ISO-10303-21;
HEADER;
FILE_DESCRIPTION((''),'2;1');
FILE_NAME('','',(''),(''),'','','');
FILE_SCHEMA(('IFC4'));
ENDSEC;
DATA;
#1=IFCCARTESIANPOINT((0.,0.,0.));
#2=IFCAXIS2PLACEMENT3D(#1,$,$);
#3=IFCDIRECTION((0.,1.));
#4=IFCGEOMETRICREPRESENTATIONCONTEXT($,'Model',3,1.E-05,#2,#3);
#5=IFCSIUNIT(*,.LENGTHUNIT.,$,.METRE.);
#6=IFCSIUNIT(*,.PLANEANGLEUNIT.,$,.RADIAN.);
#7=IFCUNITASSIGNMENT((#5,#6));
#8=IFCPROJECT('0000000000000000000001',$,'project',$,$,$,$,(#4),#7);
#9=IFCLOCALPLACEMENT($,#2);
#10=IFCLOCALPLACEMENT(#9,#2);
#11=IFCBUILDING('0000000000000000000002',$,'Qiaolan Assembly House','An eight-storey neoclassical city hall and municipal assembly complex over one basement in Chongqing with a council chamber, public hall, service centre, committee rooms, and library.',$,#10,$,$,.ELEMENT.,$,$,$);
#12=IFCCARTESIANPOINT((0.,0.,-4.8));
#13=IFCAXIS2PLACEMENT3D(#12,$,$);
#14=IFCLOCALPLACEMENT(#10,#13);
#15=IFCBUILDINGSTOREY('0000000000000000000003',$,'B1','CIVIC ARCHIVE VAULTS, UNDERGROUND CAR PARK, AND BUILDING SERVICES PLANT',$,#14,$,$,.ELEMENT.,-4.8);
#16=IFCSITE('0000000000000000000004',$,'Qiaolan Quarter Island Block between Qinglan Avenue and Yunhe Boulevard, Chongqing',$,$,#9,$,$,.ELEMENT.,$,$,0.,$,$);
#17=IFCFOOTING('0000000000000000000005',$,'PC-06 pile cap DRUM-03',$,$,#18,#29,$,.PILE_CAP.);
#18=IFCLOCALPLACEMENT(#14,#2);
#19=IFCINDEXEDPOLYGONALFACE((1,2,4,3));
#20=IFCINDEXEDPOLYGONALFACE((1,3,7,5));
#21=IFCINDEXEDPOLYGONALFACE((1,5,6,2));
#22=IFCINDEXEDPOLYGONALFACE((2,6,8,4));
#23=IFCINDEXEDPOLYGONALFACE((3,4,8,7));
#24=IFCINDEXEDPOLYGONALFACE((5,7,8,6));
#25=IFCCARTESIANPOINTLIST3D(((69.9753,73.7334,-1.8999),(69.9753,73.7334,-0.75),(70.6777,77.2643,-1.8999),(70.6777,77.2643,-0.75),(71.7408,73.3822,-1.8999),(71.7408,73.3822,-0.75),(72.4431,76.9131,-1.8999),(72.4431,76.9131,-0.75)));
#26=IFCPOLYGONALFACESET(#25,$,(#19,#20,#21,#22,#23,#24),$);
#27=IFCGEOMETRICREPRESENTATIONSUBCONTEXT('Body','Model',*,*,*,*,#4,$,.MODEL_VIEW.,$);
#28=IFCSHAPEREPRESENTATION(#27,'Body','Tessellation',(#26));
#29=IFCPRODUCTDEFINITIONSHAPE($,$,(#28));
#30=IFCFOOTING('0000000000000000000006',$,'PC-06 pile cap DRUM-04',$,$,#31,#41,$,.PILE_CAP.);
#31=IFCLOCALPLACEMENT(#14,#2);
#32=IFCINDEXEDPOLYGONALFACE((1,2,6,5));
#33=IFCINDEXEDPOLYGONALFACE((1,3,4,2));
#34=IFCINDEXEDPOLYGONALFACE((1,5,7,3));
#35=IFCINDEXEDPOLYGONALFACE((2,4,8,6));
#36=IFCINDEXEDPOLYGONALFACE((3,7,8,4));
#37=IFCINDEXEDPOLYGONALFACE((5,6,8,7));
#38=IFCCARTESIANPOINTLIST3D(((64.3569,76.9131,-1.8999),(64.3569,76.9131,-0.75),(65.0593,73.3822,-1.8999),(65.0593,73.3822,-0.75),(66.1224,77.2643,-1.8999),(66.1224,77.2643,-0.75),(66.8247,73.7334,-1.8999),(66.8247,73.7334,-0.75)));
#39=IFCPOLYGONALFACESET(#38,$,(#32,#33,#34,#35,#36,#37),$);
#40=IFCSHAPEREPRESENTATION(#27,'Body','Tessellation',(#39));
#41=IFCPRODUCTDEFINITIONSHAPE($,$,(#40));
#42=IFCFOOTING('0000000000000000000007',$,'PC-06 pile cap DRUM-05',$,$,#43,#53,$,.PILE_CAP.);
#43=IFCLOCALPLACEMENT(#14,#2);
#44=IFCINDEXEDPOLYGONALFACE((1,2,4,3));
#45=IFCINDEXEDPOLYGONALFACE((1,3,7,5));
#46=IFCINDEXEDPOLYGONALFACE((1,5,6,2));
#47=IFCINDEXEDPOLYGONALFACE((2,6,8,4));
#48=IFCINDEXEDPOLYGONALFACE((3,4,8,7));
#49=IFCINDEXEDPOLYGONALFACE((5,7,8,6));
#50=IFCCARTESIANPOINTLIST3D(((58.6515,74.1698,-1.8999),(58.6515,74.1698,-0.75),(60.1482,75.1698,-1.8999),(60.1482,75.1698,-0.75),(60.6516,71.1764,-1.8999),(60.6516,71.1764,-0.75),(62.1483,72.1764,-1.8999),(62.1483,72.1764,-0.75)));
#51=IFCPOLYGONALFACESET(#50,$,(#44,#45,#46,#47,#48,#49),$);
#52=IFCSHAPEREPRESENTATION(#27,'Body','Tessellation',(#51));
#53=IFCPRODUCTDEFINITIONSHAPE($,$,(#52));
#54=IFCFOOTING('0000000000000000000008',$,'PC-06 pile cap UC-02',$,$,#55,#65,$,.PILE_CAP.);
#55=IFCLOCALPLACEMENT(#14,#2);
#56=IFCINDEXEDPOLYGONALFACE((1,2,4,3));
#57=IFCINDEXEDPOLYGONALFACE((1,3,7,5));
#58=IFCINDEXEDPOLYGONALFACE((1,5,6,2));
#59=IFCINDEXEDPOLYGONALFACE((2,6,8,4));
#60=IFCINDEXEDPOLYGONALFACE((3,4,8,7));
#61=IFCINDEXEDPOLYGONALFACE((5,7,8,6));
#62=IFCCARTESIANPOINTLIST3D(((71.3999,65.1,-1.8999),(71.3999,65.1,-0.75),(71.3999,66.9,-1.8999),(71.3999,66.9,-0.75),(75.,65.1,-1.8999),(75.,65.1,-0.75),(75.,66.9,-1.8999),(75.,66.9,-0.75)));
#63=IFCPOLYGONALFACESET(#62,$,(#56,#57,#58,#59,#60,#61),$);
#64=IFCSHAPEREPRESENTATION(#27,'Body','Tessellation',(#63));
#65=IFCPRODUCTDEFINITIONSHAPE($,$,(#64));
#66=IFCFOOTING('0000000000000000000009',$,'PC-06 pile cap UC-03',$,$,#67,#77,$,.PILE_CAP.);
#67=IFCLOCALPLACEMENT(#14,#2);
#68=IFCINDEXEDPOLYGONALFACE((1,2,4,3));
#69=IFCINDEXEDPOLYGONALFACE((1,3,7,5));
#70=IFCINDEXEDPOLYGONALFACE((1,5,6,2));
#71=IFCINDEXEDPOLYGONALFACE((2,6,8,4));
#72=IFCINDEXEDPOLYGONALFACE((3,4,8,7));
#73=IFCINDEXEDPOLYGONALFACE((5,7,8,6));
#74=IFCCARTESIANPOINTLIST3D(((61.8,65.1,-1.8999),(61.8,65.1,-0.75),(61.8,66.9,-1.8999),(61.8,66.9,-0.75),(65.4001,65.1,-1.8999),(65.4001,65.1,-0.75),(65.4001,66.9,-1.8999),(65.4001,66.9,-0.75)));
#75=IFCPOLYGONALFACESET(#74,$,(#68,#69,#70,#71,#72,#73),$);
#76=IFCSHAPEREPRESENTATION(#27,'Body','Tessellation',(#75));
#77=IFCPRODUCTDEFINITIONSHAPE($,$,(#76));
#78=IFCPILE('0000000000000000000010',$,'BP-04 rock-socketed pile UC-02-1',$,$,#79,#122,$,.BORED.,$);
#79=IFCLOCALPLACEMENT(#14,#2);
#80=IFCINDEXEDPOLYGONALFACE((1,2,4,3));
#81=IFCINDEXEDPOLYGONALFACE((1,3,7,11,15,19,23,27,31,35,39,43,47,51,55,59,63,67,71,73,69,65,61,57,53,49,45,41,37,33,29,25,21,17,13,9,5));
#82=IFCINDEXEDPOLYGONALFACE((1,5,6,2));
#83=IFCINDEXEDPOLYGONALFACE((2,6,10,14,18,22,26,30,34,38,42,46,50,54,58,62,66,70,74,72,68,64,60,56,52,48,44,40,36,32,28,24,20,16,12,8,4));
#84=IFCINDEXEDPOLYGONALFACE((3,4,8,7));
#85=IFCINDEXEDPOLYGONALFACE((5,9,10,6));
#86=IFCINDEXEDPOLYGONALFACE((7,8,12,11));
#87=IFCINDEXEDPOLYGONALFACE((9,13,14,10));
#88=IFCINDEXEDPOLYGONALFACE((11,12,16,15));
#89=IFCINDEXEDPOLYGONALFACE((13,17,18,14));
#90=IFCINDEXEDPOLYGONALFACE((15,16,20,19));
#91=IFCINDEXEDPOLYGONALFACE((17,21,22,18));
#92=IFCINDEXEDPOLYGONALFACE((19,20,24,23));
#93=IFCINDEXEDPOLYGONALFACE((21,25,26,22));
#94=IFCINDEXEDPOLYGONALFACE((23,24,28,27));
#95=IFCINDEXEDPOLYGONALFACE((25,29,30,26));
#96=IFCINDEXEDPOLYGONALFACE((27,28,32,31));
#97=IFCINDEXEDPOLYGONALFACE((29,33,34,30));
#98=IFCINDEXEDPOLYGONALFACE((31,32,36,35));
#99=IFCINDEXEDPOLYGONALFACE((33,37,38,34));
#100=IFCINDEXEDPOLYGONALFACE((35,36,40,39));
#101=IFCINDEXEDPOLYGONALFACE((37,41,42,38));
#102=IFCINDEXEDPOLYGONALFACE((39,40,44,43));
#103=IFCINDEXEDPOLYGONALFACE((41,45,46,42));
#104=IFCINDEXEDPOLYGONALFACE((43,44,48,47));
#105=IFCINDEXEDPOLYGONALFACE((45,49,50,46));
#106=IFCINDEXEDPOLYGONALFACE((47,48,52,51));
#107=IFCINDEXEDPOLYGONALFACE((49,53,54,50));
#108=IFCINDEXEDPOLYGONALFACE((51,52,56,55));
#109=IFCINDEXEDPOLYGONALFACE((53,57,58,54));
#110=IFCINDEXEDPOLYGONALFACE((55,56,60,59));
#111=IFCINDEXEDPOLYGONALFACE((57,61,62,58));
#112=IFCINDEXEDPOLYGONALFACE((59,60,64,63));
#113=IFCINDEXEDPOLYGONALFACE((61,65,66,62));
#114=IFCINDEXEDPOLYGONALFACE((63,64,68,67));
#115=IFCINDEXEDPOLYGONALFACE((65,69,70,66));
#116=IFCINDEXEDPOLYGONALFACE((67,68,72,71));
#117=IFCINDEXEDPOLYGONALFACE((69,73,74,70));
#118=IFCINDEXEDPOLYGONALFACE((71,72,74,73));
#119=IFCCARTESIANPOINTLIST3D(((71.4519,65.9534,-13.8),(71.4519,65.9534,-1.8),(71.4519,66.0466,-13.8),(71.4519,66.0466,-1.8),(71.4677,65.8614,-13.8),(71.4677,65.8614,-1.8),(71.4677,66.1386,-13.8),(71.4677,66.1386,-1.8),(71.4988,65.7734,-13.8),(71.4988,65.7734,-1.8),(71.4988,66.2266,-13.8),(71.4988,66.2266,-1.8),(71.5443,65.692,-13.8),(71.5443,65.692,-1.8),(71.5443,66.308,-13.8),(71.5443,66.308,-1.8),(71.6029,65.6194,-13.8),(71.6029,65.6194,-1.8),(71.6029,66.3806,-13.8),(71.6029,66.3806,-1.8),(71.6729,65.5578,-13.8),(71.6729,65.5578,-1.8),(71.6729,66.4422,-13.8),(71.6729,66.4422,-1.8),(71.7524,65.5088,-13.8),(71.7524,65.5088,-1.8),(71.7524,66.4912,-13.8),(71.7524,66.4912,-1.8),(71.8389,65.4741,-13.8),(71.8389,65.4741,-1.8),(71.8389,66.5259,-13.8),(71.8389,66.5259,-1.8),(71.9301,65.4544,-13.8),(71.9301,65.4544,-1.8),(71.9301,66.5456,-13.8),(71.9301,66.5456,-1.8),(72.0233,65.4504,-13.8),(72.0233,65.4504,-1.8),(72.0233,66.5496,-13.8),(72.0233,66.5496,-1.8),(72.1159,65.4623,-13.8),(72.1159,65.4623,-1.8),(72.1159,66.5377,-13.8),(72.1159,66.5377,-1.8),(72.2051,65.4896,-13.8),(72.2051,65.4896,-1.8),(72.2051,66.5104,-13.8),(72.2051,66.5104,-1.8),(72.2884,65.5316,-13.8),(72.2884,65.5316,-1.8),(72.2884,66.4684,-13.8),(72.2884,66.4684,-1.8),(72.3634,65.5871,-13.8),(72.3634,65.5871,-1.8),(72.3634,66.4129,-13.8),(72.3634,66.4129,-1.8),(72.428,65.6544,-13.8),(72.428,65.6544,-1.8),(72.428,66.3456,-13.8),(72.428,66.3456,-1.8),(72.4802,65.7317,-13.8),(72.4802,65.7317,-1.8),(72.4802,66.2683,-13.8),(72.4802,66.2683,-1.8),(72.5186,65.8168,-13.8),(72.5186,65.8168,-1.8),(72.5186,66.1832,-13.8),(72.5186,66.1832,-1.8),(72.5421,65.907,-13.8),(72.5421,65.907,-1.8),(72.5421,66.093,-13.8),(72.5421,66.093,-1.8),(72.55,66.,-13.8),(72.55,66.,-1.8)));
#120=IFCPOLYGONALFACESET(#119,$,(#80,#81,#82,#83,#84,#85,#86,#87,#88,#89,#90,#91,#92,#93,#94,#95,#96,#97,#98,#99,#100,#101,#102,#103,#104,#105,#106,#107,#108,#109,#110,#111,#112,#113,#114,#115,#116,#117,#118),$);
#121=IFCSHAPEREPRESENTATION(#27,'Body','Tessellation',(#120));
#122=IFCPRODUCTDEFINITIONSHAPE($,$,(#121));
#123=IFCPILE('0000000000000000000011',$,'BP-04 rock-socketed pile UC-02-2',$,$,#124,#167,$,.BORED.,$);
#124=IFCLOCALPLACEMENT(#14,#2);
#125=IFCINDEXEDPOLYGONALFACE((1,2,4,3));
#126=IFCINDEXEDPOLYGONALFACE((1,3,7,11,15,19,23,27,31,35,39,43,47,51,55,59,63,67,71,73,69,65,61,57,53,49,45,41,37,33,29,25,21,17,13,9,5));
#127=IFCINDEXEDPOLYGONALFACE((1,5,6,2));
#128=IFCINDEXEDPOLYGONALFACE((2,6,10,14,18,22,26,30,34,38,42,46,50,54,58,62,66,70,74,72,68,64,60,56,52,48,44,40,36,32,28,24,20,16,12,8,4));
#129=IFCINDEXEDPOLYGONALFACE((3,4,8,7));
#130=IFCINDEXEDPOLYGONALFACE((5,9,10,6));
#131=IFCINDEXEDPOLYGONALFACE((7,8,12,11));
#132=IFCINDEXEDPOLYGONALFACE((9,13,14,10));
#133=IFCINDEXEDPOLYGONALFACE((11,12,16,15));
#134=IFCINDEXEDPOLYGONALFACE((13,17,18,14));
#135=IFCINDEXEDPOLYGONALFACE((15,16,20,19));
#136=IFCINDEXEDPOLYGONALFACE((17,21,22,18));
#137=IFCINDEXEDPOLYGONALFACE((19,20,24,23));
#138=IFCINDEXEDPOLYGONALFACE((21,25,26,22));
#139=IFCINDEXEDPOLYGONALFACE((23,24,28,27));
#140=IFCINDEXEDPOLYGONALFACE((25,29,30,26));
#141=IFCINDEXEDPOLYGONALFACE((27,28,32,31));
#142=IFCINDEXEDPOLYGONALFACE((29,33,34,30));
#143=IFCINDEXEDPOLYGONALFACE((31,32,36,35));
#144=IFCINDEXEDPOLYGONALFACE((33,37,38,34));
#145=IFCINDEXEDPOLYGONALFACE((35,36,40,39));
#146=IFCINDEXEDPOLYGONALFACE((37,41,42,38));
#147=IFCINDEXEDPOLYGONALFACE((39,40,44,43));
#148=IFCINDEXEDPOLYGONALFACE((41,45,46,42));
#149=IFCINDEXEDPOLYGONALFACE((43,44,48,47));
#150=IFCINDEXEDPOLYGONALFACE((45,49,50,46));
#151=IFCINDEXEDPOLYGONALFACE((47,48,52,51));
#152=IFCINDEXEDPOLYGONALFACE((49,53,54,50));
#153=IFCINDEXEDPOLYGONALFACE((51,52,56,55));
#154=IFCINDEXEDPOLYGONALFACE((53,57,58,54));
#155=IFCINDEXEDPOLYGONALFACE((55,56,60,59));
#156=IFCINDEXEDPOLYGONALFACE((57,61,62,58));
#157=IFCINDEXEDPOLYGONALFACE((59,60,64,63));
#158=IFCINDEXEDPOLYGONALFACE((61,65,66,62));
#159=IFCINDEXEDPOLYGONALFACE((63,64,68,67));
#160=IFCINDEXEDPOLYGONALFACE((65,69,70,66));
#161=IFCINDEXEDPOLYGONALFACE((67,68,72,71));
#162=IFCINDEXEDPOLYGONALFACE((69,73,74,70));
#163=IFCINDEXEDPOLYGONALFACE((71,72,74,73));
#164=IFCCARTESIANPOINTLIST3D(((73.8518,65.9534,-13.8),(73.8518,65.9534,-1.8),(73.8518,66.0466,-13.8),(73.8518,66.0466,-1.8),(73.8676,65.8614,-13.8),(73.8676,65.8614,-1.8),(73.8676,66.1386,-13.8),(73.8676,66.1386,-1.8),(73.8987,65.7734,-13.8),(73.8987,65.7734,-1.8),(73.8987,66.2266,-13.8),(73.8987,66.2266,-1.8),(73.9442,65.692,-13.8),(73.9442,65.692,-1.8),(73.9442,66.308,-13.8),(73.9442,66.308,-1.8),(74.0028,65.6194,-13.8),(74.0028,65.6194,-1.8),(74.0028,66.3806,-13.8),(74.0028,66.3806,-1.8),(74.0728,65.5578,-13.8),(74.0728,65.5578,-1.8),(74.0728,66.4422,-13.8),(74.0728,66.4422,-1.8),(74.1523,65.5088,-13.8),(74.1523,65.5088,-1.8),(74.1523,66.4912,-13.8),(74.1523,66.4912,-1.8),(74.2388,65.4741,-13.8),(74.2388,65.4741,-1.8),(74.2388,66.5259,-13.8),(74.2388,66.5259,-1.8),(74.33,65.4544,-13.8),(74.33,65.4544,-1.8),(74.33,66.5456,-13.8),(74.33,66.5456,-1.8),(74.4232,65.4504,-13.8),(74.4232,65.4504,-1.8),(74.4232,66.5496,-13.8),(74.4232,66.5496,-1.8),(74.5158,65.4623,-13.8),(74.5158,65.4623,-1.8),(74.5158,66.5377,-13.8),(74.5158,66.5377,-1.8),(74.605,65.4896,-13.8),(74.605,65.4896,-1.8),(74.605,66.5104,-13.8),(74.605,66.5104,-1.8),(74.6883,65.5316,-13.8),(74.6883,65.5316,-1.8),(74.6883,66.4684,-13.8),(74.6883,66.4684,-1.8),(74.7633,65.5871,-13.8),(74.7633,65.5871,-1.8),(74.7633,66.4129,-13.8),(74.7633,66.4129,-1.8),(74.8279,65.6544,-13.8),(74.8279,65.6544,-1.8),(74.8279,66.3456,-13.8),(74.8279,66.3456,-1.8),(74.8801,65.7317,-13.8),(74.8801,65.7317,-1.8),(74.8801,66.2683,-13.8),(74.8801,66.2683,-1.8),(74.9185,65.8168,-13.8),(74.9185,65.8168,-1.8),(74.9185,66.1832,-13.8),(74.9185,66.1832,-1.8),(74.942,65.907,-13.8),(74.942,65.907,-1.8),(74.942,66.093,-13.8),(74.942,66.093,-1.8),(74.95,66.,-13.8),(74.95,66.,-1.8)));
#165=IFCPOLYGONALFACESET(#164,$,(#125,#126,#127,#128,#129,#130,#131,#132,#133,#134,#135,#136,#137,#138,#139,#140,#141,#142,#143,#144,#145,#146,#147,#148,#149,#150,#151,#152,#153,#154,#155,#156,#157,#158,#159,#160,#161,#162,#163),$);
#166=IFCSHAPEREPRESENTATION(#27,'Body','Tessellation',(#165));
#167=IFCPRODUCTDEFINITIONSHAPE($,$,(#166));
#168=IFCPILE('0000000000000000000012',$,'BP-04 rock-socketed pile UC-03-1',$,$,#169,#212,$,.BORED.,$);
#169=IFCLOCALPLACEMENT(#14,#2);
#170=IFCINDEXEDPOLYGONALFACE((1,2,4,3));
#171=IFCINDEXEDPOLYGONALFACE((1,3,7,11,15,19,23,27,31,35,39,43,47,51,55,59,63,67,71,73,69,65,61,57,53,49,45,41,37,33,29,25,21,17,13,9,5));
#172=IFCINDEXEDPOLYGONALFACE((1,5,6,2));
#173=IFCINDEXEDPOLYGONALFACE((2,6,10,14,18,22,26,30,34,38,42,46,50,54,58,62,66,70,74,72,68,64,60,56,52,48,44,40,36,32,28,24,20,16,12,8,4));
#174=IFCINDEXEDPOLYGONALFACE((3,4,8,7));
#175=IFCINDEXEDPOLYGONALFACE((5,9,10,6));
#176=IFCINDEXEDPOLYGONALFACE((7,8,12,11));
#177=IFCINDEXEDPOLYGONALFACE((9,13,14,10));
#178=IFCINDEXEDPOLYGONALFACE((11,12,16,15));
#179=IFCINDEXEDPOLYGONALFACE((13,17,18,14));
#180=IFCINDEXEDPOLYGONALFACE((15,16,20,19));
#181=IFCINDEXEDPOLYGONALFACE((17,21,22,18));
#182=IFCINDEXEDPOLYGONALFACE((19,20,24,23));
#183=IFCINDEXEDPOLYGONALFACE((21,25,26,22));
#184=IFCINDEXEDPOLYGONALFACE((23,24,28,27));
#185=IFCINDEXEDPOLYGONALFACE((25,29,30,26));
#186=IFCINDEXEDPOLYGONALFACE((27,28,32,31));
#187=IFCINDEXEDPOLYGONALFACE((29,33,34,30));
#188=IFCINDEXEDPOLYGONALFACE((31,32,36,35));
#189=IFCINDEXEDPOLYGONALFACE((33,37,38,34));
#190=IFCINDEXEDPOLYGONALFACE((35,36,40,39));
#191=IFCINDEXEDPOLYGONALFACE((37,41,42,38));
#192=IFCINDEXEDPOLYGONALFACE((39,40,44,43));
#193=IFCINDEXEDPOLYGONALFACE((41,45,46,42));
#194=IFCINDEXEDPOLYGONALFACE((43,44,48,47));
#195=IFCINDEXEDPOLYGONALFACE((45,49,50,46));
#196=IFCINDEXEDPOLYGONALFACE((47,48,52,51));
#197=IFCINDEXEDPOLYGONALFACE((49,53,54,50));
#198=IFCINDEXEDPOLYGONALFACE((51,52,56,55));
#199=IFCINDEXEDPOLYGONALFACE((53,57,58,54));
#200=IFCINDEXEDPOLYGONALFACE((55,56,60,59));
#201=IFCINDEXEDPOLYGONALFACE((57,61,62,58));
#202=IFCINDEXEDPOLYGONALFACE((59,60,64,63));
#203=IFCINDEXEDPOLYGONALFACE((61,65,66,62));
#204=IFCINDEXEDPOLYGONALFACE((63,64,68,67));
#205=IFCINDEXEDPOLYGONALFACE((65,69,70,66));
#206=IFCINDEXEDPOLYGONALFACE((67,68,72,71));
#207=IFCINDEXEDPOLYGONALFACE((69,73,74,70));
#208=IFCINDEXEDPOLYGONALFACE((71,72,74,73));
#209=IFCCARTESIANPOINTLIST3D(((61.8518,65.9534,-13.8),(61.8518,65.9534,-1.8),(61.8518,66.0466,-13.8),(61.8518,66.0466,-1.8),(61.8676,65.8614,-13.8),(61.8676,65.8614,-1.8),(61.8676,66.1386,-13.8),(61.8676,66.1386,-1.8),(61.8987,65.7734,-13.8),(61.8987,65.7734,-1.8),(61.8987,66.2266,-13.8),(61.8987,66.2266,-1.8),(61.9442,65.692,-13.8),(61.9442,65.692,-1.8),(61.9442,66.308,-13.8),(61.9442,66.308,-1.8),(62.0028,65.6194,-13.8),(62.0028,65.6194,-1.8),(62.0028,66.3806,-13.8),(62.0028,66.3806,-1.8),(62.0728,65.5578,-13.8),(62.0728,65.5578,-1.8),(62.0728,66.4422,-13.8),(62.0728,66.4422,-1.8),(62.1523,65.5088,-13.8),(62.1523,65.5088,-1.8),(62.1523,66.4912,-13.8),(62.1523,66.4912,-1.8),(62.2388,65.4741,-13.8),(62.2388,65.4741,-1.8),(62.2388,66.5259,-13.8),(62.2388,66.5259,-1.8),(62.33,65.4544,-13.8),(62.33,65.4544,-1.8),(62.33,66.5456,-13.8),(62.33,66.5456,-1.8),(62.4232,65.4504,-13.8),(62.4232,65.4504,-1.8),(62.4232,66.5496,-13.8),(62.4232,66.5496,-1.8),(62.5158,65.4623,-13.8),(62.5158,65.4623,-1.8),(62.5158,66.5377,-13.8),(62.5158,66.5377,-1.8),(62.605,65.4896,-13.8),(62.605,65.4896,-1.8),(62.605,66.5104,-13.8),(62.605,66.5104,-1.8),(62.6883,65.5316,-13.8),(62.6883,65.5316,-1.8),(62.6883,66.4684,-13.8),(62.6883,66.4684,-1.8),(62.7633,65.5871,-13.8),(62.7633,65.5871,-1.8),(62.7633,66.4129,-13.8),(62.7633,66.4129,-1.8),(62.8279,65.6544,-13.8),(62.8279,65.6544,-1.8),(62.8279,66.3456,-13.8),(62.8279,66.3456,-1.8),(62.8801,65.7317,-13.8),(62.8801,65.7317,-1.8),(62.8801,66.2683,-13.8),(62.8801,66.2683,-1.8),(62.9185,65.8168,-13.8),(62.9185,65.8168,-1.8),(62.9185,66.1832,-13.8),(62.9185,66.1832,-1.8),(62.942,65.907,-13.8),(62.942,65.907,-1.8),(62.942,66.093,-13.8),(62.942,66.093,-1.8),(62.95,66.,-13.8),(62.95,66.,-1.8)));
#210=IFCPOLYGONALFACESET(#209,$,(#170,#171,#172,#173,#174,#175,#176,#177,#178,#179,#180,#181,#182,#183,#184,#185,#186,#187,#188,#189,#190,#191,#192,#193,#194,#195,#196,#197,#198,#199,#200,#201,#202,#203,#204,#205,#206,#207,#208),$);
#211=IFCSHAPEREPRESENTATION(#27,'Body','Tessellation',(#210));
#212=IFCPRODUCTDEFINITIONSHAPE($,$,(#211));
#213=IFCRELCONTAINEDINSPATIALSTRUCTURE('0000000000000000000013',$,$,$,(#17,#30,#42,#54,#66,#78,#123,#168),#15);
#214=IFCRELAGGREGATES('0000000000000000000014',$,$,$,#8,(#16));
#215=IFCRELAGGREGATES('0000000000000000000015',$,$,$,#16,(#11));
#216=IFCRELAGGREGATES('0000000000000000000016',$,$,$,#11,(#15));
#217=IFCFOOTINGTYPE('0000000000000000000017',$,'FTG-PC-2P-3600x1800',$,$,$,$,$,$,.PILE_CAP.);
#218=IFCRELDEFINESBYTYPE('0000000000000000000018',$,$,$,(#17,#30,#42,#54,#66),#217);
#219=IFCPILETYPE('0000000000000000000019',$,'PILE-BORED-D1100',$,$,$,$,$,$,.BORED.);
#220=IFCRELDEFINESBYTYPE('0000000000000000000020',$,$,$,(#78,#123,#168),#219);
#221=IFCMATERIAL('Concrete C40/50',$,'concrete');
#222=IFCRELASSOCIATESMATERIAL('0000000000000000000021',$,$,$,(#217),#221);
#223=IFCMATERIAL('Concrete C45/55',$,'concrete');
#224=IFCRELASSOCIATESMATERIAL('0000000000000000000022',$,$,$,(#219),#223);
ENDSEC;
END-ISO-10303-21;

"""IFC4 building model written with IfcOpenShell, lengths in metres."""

from ifc_helpers import new_model, si_unit, direction, frame, origin, origin_2d, place, context, subcontext, project, spatial, rectangle, circle, extrude, material, material_profile, profile_set, type_object, element, save


model = new_model("IFC4")

# Units and contexts
model_context = context("Model", 3, precision=1e-05, world=origin(), true_north=direction((0.0, 1.0)))
body_context = subcontext(model_context, "Body", "Model", "MODEL_VIEW")
ifc_project = project(units=[si_unit("LENGTHUNIT", "METRE"), si_unit("PLANEANGLEUNIT", "RADIAN")], contexts=[model_context])

# Site, building, storey
site_placement = place(None, origin())
site = spatial("IfcSite", under=ifc_project, at=site_placement, Name="Qiaolan Quarter Island Block between Qinglan Avenue and Yunhe Boulevard, Chongqing", CompositionType="ELEMENT", RefElevation=0.0)
building_placement = place(site_placement, origin())
building = spatial("IfcBuilding", under=site, at=building_placement, Name="Qiaolan Assembly House", Description="An eight-storey neoclassical city hall and municipal assembly complex over one basement in Chongqing with a council chamber, public hall, service centre, committee rooms, and library.", CompositionType="ELEMENT")
storey_placement = place(building_placement, frame((0.0, 0.0, -4.8)))
storey = spatial("IfcBuildingStorey", under=building, at=storey_placement, Name="B1", Description="CIVIC ARCHIVE VAULTS, UNDERGROUND CAR PARK, AND BUILDING SERVICES PLANT", CompositionType="ELEMENT", Elevation=-4.8)

# Footings
ifc_material_1 = material(Name="Concrete C40/50", Category="concrete")
footing_type = type_object("IfcFootingType", Name="FTG-PC-2P-3600x1800", PredefinedType="PILE_CAP", material=ifc_material_1)
for number, where, z_axis, x_axis, name in (
    (1, (71.2092, 75.3232, -1.8999), (0.0, 0.0, 1.0), (0.19509, 0.980785, 0.0), "PC-06 pile cap DRUM-03"),
    (2, (65.5908, 75.3232, -1.8999), (0.0, 0.0, 1.0), (-0.19509, 0.980785, 0.0), "PC-06 pile cap DRUM-04"),
    (3, (60.3999, 73.1731, -1.8999), (0.0, 0.0, 1.0), (-0.55557, 0.83147, 0.0), "PC-06 pile cap DRUM-05"),
    (4, (73.2, 66.0, -1.8999), (0.0, 0.0, 1.0), (1.0, 0.0, 0.0), "PC-06 pile cap UC-02"),
    (5, (63.6001, 66.0, -1.8999), (0.0, 0.0, 1.0), (1.0, 0.0, 0.0), "PC-06 pile cap UC-03"),
):
    element("IfcFooting", number, at=place(storey_placement, frame(where, z_axis=z_axis, x_axis=x_axis)), inside=storey, type_object=footing_type, Name=name, PredefinedType="PILE_CAP", context=body_context, shape_type="SweptSolid", body=[
        extrude(rectangle(XDim=3.6001, YDim=1.8, at=origin_2d()), origin(), (0.0, 0.0, 1.0), 1.1499),
    ])

# Piles
ifc_material_2 = material(Name="Concrete C45/55", Category="concrete")
ifc_material_profile_1 = material_profile(ifc_material_2, circle(Radius=0.55, at=origin_2d()), Name="PILE D1100")
ifc_profile_set_1 = profile_set([ifc_material_profile_1], Name="Concrete C45/55")
pile_type_1 = type_object("IfcPileType", Name="PILE-BORED-D1100", PredefinedType="BORED", material=ifc_profile_set_1)
for number, where, z_axis, x_axis, name in (
    (6, (72.0, 66.0, -1.8), (0.0, 0.0, -1.0), (1.0, 0.0, 0.0), "BP-04 rock-socketed pile UC-02-1"),
    (7, (74.3999, 66.0, -1.8), (0.0, 0.0, -1.0), (1.0, 0.0, 0.0), "BP-04 rock-socketed pile UC-02-2"),
    (8, (62.3999, 66.0, -1.8), (0.0, 0.0, -1.0), (1.0, 0.0, 0.0), "BP-04 rock-socketed pile UC-03-1"),
):
    element("IfcPile", number, at=place(storey_placement, frame(where, z_axis=z_axis, x_axis=x_axis)), inside=storey, type_object=pile_type_1, Name=name, PredefinedType="BORED", context=body_context, shape_type="SweptSolid", body=[
        extrude(circle(Radius=0.55, at=origin_2d()), origin(), (0.0, 0.0, 1.0), 12.0),
    ])

save(model, "model.ifc")
